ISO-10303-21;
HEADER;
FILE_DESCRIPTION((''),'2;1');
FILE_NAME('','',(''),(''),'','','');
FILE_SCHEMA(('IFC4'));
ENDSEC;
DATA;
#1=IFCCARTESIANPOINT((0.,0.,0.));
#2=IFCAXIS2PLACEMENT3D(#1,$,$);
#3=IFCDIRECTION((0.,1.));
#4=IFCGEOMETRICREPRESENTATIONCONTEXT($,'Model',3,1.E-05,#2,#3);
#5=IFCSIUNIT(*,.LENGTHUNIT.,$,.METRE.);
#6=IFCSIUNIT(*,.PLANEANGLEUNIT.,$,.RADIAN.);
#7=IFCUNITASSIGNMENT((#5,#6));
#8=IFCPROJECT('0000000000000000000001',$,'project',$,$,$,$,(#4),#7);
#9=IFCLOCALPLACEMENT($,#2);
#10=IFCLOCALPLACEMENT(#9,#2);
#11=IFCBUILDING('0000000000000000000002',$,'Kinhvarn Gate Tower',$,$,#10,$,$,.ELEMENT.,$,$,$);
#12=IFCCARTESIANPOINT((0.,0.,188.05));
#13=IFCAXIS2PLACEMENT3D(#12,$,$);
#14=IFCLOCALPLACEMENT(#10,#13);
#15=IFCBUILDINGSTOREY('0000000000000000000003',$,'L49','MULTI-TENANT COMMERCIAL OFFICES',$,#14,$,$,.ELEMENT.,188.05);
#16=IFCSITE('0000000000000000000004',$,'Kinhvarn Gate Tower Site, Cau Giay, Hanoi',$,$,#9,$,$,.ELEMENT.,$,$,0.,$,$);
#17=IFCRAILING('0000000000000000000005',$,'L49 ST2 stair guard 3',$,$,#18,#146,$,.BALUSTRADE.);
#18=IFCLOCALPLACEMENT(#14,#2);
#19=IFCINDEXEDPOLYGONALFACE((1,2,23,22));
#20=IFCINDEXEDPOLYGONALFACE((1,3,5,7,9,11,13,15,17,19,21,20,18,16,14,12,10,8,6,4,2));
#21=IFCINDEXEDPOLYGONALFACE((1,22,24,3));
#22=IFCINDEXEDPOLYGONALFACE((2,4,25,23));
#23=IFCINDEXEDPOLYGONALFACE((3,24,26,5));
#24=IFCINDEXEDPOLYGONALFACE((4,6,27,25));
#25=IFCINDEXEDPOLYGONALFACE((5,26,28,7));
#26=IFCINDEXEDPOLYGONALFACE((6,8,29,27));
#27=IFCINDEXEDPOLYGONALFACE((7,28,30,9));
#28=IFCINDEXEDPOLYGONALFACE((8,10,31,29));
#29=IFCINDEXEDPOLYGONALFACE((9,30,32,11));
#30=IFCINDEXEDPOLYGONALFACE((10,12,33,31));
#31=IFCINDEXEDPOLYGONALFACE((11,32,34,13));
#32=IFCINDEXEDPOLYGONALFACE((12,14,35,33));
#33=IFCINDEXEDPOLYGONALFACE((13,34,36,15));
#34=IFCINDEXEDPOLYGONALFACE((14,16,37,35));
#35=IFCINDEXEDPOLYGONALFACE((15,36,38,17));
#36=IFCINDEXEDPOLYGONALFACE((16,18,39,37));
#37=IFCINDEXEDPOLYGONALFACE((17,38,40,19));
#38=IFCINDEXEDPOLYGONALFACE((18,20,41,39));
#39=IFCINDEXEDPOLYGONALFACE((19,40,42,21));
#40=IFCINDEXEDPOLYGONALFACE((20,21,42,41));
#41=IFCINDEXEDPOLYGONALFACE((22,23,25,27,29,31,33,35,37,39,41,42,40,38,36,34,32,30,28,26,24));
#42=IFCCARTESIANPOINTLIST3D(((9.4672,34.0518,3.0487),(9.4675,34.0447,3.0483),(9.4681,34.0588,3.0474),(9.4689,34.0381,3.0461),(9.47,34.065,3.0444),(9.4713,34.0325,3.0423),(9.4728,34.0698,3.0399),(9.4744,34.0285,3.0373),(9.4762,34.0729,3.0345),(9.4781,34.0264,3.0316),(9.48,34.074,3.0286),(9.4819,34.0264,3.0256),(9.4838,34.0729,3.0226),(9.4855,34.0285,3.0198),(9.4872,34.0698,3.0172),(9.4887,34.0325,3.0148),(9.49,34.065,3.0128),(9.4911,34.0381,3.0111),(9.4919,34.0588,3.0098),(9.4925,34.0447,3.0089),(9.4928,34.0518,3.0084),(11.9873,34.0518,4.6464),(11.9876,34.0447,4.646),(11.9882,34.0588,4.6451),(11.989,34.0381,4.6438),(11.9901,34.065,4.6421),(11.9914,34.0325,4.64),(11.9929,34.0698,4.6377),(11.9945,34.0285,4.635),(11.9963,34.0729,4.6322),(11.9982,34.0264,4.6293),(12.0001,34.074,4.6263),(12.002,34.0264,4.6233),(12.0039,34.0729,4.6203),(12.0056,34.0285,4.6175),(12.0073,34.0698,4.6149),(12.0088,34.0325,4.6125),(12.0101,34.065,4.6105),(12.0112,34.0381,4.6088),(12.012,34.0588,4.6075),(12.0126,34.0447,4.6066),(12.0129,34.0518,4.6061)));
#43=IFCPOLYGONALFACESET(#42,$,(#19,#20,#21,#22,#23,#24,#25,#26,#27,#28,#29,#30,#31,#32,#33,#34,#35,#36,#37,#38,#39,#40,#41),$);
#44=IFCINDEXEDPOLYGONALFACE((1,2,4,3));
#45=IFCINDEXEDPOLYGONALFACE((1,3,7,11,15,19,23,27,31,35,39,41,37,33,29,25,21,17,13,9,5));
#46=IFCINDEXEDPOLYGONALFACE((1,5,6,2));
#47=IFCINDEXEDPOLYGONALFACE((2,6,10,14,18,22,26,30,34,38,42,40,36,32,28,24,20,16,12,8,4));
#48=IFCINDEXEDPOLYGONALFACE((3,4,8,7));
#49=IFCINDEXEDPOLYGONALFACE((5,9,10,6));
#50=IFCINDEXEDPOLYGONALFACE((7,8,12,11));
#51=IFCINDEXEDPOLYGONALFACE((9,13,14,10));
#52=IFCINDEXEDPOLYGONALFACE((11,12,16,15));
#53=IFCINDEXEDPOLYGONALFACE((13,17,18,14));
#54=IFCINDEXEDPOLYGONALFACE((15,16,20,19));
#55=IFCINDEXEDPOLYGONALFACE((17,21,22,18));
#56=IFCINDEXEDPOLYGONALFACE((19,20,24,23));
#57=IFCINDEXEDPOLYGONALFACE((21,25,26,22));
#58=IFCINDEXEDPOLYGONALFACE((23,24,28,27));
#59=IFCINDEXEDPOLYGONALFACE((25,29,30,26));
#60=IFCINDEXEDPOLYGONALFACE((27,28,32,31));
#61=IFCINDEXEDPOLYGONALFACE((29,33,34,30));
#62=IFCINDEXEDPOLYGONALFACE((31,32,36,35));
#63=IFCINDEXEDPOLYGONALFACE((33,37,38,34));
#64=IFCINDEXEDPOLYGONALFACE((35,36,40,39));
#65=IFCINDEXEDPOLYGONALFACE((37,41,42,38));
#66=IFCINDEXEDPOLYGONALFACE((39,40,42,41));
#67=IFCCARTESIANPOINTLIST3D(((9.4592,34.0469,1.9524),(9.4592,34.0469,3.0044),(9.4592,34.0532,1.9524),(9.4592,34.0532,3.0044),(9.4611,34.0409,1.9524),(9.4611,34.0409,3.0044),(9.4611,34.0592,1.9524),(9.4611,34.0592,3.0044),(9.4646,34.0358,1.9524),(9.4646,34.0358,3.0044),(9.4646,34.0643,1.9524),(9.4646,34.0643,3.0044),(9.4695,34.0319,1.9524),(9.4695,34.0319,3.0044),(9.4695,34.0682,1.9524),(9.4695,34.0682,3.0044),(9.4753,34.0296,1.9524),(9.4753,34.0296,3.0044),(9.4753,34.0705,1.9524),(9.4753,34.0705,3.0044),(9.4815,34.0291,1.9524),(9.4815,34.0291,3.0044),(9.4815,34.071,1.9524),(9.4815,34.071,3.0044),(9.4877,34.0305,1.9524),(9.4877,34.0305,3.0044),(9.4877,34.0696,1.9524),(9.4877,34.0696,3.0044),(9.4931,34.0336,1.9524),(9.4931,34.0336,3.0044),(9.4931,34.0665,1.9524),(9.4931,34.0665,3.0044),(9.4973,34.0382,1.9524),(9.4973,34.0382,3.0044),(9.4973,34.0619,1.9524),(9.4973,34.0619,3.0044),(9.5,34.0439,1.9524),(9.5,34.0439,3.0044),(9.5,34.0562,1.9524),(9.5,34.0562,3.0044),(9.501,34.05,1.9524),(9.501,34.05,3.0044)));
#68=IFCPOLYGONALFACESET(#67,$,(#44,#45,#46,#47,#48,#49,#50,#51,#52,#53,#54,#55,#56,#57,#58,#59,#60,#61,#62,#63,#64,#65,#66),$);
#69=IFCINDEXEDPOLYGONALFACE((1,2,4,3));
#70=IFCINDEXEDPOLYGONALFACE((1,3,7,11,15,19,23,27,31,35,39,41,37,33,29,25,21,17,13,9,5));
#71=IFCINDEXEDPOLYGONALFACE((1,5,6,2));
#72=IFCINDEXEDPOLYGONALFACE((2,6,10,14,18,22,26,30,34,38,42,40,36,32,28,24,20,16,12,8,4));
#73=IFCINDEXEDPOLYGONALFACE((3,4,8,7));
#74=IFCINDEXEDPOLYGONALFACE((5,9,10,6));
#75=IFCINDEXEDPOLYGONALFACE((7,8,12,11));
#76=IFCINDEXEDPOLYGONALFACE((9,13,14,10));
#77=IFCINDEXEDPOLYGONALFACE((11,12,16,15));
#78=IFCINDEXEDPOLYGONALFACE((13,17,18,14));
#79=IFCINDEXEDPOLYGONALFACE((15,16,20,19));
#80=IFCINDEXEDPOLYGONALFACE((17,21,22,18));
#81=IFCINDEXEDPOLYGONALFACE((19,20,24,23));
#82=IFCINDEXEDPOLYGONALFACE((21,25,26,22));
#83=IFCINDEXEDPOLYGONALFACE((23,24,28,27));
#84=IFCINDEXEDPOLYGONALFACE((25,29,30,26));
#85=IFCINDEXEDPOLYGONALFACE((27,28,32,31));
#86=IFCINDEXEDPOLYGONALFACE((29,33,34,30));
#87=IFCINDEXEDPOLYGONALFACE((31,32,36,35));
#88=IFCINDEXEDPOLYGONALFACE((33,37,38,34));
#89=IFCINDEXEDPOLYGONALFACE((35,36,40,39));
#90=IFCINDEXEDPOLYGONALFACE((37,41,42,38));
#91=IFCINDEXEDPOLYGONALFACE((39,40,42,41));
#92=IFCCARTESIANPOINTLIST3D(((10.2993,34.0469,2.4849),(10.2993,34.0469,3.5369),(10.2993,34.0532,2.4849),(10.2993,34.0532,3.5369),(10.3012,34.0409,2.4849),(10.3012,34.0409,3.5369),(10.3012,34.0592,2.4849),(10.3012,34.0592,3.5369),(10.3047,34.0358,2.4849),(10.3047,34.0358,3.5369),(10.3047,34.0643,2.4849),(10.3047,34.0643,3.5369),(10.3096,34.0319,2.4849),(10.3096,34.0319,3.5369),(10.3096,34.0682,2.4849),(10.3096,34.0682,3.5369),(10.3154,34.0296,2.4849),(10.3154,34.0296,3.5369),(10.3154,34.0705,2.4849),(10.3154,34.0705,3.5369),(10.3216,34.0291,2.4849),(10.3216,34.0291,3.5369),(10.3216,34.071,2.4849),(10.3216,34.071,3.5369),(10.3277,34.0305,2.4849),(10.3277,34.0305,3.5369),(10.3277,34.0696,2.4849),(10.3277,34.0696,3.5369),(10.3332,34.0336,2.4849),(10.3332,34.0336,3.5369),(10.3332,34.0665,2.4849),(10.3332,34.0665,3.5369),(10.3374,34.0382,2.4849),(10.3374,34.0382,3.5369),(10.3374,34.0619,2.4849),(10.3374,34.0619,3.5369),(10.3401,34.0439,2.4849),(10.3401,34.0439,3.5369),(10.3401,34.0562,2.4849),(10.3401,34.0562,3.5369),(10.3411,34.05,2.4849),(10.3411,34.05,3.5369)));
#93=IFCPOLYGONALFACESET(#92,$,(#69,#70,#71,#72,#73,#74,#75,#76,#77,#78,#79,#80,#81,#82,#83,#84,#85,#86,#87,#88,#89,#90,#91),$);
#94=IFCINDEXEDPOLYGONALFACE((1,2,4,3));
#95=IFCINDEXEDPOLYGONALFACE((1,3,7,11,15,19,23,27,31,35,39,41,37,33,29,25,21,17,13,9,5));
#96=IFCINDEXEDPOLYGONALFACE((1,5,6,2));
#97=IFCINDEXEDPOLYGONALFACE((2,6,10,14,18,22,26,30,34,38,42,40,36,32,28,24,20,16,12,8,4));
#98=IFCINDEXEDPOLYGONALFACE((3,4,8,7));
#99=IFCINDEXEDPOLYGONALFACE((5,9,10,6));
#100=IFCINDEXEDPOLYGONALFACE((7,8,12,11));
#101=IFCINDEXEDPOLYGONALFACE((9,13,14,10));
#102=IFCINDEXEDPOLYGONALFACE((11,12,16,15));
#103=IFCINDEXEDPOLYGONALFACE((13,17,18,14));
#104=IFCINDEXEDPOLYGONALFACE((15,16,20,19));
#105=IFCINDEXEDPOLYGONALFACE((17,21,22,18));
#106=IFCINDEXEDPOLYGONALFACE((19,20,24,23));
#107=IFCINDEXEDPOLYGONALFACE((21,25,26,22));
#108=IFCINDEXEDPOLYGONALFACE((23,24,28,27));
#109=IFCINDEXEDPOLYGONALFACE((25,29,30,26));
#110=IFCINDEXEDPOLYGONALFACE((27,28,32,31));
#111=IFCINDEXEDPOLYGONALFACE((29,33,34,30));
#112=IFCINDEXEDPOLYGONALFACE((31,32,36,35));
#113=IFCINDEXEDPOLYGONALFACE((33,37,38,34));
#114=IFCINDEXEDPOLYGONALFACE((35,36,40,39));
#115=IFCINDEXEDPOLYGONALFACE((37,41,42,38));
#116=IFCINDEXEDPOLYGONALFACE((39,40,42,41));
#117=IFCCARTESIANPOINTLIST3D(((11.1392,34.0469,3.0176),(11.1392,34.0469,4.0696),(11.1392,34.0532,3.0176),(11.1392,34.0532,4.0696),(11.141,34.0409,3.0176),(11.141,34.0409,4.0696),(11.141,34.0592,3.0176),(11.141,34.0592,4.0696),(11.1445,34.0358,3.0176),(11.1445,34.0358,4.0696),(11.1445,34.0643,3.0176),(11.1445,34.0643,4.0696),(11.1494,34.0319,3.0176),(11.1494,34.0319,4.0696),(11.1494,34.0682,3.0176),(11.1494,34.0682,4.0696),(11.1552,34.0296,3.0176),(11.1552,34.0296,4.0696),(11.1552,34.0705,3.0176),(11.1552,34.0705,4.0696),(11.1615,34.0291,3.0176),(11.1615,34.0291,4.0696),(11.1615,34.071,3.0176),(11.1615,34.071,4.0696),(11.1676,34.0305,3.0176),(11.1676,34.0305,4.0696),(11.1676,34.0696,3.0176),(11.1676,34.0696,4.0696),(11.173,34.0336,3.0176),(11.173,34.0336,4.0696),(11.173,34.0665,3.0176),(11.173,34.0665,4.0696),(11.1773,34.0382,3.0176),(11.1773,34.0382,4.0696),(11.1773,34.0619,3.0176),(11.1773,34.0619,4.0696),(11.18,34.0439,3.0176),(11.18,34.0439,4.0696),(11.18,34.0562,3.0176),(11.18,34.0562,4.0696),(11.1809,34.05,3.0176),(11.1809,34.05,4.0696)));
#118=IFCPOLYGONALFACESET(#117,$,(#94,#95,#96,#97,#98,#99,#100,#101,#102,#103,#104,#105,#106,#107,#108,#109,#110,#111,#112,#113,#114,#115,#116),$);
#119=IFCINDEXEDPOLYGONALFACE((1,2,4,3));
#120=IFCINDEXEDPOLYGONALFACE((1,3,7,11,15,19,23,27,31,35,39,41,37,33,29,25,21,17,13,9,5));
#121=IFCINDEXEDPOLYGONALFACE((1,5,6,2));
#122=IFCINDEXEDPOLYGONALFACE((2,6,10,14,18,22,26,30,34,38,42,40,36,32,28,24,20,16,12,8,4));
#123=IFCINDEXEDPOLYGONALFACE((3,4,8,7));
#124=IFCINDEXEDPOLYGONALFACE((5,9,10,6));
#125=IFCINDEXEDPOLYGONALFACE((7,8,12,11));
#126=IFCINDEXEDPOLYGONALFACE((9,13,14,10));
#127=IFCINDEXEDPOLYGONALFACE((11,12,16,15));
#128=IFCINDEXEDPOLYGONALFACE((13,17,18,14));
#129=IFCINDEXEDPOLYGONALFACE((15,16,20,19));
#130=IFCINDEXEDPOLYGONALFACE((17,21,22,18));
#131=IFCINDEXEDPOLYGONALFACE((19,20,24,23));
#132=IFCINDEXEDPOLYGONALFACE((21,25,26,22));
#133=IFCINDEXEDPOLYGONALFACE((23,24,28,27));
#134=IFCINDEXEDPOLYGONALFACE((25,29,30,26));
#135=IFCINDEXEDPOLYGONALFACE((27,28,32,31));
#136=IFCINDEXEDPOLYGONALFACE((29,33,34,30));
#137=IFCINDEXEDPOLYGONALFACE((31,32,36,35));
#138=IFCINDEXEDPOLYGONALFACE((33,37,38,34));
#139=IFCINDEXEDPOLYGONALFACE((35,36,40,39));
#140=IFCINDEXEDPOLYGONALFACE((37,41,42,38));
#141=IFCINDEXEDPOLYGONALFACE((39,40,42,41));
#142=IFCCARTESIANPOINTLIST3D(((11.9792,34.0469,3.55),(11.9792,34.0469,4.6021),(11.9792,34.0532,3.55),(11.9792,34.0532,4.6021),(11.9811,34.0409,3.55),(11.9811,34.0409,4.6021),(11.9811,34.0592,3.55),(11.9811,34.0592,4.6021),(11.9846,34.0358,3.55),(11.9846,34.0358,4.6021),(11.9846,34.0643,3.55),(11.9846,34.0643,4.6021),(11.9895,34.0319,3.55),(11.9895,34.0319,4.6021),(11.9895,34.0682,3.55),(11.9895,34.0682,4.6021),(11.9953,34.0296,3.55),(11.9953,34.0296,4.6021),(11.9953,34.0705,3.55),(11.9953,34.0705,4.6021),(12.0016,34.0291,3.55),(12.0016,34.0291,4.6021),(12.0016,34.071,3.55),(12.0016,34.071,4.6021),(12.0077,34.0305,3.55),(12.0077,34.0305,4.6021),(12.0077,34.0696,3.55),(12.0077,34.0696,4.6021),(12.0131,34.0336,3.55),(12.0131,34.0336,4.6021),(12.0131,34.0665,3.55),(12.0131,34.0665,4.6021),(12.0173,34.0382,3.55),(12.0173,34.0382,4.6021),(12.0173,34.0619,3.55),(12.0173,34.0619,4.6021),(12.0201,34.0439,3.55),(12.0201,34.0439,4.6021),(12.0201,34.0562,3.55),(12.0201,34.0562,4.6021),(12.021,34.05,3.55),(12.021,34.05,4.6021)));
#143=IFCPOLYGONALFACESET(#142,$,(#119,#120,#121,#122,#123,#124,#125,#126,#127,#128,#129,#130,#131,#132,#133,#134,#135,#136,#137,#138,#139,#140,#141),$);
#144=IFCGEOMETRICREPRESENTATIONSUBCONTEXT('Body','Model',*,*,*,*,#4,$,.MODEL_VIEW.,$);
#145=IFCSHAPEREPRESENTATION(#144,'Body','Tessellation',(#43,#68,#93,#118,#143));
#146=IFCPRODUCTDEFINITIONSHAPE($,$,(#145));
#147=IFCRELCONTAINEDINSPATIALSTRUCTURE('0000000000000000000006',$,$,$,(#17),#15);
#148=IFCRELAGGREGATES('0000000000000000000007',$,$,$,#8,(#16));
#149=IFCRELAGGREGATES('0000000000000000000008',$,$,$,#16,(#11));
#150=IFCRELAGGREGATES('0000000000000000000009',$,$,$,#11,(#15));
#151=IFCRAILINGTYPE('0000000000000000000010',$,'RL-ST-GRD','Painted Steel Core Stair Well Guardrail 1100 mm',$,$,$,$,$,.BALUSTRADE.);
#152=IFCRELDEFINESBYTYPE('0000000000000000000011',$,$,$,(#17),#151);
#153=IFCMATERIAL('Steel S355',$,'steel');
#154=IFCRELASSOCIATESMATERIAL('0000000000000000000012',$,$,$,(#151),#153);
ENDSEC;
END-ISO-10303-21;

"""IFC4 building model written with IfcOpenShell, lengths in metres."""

from ifc_helpers import new_model, si_unit, direction, frame, origin, origin_2d, place, context, subcontext, project, spatial, circle, extrude, material, type_object, element, save


model = new_model("IFC4")

# Units and contexts
model_context = context("Model", 3, precision=1e-05, world=origin(), true_north=direction((0.0, 1.0)))
body_context = subcontext(model_context, "Body", "Model", "MODEL_VIEW")
ifc_project = project(units=[si_unit("LENGTHUNIT", "METRE"), si_unit("PLANEANGLEUNIT", "RADIAN")], contexts=[model_context])

# Site, building, storey
site_placement = place(None, origin())
site = spatial("IfcSite", under=ifc_project, at=site_placement, Name="Kinhvarn Gate Tower Site, Cau Giay, Hanoi", CompositionType="ELEMENT", RefElevation=0.0)
building_placement = place(site_placement, origin())
building = spatial("IfcBuilding", under=site, at=building_placement, Name="Kinhvarn Gate Tower", CompositionType="ELEMENT")
storey_placement = place(building_placement, frame((0.0, 0.0, 188.05)))
storey = spatial("IfcBuildingStorey", under=building, at=storey_placement, Name="L49", Description="MULTI-TENANT COMMERCIAL OFFICES", CompositionType="ELEMENT", Elevation=188.05)

# Railing
ifc_material_1 = material(Name="Steel S355", Category="steel")
railing_type_1 = type_object("IfcRailingType", Name="RL-ST-GRD", Description="Painted Steel Core Stair Well Guardrail 1100 mm", PredefinedType="BALUSTRADE", material=ifc_material_1)
railing_1_placement = place(storey_placement, frame((9.48, 34.05, 1.9524)))
element("IfcRailing", 1, at=railing_1_placement, inside=storey, type_object=railing_type_1, Name="L49 ST2 stair guard 3", PredefinedType="BALUSTRADE", context=body_context, shape_type="SweptSolid", body=[
    extrude(circle(Radius=0.0239, at=origin_2d()), frame((0.0, 0.0, 1.0762), z_axis=(0.84457, 0.0, 0.535445), x_axis=(0.0, 1.0, 0.0)), (0.0, 0.0, 1.0), 2.9839),
    extrude(circle(Radius=0.021, at=origin_2d()), origin(), (0.0, 0.0, 1.0), 1.052),
    extrude(circle(Radius=0.021, at=origin_2d()), frame((0.8401, 0.0, 0.5325)), (0.0, 0.0, 1.0), 1.052),
    extrude(circle(Radius=0.021, at=origin_2d()), frame((1.6799, 0.0, 1.0652)), (0.0, 0.0, 1.0), 1.052),
    extrude(circle(Radius=0.021, at=origin_2d()), frame((2.52, 0.0, 1.5977)), (0.0, 0.0, 1.0), 1.052),
])

save(model, "model.ifc")
